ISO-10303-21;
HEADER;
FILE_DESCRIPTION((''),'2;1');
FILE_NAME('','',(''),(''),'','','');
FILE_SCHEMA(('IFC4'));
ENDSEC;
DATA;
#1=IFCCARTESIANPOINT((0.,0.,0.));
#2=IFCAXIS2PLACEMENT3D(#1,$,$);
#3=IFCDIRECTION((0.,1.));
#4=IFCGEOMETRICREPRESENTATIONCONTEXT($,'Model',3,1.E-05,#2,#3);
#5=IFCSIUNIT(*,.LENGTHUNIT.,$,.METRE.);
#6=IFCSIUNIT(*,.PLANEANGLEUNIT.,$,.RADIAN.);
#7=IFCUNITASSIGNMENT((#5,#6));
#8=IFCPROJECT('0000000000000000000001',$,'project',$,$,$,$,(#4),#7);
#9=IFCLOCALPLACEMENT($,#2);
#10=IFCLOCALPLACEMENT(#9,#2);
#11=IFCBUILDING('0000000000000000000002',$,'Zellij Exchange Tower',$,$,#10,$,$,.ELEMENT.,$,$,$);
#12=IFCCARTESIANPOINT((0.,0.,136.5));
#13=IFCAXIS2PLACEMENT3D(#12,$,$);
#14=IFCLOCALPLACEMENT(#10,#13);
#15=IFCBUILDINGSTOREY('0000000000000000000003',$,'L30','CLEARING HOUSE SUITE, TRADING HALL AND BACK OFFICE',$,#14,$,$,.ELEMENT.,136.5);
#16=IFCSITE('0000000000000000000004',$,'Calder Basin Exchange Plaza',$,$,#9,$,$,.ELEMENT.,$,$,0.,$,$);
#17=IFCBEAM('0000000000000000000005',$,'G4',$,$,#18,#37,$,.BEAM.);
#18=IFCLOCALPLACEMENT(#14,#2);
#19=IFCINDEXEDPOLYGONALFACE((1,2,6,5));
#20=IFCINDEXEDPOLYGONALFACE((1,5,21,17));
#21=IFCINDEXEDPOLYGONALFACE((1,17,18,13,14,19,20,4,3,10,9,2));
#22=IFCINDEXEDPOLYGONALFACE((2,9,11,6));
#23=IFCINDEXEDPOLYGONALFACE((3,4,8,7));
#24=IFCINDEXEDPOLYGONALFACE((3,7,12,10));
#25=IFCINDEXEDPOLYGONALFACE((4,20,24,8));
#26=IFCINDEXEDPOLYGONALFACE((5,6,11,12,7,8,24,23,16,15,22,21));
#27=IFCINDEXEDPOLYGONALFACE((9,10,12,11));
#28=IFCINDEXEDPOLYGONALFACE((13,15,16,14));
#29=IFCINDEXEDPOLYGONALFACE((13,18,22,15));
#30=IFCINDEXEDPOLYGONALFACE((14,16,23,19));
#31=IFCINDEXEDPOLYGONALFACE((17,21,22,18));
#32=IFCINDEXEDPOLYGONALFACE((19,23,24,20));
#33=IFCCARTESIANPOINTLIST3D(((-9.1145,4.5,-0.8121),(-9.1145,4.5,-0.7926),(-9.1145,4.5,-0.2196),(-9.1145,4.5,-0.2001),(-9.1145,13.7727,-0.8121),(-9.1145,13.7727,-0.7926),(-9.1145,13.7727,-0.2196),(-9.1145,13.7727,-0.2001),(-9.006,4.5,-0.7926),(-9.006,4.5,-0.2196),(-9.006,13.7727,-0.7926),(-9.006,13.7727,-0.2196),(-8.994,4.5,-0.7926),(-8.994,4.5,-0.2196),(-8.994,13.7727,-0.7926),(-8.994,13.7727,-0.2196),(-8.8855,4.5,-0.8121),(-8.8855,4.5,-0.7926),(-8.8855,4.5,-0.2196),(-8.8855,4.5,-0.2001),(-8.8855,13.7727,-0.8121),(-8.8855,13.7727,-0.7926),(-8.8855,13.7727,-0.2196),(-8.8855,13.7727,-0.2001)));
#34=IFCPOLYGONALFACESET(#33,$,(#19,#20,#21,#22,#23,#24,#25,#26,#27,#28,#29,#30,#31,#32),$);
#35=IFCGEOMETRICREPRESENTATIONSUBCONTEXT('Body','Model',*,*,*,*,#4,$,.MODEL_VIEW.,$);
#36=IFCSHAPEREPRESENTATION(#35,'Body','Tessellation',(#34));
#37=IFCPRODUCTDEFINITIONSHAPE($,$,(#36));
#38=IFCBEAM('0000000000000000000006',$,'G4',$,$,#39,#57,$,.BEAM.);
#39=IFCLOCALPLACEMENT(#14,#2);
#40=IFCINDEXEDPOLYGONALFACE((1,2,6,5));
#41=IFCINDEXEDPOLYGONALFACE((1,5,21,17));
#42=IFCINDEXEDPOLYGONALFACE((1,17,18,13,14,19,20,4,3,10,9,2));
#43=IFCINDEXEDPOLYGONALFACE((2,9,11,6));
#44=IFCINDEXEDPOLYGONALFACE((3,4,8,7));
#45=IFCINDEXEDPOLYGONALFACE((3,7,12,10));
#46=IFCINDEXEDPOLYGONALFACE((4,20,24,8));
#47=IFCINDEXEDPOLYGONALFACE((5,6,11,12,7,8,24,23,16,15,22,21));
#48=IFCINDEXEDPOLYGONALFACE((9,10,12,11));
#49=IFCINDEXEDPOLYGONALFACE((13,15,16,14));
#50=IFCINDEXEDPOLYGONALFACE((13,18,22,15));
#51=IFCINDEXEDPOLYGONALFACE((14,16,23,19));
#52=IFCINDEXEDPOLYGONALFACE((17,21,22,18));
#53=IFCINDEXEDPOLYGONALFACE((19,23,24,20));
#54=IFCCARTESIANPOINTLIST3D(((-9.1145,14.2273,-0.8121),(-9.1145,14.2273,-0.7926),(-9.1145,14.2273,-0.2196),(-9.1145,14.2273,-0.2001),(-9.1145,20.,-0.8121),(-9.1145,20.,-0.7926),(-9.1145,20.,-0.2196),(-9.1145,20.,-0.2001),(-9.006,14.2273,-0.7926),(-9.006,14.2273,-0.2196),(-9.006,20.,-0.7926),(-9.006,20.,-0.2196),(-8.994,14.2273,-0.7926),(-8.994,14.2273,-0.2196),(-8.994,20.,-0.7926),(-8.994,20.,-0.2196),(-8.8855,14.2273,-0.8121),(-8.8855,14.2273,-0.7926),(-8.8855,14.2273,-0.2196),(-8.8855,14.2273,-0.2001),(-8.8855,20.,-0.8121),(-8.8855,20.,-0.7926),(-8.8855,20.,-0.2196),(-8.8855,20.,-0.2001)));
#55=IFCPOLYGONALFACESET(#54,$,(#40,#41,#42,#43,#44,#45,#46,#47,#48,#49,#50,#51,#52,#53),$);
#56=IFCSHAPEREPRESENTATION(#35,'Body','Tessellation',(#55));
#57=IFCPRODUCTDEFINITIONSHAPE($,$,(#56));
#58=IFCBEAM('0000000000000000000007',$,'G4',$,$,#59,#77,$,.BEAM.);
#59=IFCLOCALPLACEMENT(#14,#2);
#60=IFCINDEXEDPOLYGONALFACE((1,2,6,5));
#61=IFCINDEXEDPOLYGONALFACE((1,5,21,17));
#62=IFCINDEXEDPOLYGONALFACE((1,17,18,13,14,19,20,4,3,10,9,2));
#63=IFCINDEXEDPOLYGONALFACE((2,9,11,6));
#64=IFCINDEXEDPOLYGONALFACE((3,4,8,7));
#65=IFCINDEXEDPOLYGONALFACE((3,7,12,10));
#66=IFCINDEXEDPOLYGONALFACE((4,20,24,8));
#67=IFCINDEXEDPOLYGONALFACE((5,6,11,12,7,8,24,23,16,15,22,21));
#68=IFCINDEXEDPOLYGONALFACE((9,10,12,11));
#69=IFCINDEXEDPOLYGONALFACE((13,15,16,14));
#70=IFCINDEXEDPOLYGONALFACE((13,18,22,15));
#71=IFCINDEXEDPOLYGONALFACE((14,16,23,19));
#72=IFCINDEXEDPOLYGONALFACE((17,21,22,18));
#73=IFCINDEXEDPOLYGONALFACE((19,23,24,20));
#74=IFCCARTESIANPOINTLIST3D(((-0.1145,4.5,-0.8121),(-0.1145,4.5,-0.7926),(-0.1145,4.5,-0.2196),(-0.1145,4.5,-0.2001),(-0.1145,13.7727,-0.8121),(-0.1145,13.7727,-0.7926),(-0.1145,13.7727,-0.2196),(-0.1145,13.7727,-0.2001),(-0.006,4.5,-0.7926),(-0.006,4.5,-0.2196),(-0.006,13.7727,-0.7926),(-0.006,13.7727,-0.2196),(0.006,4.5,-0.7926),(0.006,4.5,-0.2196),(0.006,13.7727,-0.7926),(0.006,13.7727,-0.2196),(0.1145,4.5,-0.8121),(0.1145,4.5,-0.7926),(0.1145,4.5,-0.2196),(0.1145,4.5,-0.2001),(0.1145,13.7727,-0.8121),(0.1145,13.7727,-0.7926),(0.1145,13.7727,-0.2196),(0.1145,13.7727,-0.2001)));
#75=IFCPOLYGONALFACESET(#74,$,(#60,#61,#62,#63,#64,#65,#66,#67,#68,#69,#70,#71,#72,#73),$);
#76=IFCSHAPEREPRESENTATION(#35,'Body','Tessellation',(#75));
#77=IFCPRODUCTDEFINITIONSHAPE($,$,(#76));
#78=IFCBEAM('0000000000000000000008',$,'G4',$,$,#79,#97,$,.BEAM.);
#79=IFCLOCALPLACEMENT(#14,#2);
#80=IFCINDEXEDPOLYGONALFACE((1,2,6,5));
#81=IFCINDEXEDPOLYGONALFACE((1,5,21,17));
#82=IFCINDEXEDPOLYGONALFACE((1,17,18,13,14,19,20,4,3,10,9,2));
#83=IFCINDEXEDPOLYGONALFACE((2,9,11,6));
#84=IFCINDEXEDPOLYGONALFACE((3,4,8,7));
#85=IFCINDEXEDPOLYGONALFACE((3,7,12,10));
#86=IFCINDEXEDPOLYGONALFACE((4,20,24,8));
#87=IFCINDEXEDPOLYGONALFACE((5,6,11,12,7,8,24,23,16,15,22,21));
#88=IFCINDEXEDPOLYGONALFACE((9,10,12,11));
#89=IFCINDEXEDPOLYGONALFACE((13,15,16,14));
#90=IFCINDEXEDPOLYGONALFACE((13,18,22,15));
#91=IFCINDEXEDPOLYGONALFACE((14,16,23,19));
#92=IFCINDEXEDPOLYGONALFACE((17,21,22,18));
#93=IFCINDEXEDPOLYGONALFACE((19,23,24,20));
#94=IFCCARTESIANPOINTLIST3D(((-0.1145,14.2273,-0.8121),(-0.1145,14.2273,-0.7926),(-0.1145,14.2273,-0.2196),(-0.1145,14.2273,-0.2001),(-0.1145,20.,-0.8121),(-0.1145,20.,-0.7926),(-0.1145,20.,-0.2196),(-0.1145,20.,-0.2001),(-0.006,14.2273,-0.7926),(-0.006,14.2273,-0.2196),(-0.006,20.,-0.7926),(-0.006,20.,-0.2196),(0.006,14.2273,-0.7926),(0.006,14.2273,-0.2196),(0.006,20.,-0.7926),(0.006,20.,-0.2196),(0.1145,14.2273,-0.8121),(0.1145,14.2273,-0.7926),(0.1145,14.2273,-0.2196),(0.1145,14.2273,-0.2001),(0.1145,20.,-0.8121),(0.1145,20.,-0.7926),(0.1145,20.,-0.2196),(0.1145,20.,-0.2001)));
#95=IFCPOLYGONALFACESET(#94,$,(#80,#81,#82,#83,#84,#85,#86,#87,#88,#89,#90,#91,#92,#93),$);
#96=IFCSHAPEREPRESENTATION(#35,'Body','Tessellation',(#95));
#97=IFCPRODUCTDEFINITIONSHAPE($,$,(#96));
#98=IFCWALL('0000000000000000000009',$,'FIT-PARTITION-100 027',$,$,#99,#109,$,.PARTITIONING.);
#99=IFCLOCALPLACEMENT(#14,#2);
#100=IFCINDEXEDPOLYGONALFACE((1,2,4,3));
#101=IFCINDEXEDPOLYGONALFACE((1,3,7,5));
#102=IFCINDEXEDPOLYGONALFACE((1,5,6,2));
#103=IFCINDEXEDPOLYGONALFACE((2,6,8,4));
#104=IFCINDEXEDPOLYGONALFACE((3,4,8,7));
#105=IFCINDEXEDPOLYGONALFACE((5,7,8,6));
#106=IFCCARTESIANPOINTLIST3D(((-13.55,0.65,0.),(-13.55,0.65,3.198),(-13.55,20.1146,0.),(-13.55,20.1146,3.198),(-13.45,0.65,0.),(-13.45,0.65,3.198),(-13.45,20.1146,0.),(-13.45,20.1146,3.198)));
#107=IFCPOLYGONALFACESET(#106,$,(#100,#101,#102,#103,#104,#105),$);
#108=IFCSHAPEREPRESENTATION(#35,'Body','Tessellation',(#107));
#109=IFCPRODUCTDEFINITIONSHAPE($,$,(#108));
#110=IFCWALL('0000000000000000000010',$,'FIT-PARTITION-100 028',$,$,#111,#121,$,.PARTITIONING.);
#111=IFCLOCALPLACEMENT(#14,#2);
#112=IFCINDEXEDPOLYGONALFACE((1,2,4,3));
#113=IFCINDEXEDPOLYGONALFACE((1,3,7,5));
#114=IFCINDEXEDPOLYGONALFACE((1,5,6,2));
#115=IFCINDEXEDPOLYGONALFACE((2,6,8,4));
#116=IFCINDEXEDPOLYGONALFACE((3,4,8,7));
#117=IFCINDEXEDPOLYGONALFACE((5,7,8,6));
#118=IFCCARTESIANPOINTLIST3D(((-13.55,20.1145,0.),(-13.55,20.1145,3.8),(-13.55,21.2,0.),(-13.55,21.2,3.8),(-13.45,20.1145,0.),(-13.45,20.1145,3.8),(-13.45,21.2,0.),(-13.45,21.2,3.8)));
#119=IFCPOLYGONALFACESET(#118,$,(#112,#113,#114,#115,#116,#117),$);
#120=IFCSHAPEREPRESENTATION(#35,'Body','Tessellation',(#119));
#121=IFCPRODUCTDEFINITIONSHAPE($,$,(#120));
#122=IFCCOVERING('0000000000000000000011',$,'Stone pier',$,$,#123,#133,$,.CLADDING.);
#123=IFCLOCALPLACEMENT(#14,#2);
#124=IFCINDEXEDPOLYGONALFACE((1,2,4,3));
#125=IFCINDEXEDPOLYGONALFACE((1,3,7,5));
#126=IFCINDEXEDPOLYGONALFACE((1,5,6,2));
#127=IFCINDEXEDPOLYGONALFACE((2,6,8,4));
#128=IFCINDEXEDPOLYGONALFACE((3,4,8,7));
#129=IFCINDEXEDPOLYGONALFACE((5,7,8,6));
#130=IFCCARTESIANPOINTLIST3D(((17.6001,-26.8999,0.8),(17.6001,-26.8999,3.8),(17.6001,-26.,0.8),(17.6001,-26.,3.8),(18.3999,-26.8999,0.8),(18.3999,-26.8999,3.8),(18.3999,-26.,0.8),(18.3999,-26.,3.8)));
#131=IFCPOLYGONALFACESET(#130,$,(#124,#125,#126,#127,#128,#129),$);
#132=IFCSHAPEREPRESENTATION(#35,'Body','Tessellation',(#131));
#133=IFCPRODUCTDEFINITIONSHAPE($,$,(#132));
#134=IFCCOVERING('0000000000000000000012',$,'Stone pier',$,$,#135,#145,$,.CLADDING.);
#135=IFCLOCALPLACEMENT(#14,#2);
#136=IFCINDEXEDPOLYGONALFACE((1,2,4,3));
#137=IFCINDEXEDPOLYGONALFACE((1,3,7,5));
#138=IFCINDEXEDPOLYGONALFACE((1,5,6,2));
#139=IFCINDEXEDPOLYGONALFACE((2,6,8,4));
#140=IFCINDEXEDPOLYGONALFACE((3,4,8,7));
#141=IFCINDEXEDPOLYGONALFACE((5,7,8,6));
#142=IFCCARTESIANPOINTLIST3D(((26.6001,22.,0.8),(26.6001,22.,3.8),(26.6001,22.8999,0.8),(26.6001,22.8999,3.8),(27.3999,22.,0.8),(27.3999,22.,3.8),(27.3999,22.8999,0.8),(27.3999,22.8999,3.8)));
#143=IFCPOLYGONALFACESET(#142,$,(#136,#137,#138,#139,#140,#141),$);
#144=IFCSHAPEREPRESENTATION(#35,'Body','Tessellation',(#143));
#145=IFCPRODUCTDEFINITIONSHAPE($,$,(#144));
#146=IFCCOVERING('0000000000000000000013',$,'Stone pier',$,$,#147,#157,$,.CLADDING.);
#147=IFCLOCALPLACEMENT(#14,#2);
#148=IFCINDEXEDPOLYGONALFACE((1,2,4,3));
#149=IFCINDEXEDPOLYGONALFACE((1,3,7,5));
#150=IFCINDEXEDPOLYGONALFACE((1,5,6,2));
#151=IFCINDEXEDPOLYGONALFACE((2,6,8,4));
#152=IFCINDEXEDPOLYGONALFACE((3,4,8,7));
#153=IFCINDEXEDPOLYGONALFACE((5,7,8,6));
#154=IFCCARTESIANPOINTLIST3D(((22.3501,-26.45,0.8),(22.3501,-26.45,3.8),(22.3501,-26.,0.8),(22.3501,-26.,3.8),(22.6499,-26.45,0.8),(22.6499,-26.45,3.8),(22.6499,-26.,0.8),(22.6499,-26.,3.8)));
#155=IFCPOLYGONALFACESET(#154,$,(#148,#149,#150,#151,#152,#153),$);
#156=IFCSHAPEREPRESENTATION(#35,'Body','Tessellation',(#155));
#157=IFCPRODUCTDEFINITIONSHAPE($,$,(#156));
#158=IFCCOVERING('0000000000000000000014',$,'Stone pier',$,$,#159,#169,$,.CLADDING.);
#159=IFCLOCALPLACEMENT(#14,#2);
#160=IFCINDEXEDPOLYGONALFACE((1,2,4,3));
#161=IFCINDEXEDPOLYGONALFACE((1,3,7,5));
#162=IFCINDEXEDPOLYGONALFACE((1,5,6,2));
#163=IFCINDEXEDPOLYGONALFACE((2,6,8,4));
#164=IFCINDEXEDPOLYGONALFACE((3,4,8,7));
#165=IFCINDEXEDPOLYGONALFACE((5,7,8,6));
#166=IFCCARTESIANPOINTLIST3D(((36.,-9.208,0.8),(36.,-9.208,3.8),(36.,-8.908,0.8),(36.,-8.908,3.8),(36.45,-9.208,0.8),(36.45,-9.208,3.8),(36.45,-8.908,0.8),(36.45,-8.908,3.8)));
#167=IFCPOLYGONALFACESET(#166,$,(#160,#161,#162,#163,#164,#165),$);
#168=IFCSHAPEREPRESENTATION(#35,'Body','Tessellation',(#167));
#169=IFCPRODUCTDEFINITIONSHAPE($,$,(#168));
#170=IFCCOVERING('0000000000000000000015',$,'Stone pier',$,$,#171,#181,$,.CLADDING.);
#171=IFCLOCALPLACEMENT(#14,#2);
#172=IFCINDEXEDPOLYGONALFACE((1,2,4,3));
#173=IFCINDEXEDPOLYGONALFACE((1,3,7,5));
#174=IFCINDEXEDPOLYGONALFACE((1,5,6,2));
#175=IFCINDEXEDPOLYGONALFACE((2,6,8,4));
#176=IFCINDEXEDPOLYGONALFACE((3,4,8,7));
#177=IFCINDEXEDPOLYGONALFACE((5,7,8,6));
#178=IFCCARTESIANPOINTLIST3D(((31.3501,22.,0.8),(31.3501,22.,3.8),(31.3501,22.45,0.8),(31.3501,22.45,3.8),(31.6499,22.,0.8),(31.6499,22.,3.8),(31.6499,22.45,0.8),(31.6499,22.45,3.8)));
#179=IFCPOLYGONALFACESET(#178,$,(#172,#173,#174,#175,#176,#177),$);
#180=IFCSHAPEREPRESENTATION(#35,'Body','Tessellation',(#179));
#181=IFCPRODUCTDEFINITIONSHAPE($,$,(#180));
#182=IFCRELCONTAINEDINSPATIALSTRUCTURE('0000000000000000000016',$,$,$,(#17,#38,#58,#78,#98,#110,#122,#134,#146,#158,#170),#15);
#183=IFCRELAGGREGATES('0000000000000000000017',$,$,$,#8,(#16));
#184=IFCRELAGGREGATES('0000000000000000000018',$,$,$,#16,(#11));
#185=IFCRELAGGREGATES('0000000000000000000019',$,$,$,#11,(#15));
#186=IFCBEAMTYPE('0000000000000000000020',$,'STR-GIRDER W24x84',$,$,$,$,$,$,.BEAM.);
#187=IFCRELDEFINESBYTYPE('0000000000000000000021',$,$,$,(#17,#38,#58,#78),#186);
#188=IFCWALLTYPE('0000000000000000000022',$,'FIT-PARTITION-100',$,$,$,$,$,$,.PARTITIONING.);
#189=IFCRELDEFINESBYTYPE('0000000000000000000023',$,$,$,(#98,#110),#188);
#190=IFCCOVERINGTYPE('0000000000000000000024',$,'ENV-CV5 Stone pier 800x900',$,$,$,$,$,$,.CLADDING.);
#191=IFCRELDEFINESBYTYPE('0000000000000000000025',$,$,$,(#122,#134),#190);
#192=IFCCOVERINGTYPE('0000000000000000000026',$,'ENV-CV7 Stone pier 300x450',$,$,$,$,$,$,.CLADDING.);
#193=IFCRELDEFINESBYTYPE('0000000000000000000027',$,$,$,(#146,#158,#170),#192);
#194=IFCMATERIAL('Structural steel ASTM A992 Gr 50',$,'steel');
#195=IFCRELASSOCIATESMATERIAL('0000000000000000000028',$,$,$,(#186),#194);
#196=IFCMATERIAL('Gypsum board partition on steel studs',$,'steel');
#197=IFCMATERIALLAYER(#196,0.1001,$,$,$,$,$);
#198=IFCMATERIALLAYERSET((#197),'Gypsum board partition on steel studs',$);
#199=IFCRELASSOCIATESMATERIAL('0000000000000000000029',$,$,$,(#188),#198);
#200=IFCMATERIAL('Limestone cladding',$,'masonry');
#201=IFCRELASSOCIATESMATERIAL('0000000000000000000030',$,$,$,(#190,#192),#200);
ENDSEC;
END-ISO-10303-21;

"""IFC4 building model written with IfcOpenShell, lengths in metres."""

from ifc_helpers import new_model, si_unit, direction, frame, frame_2d, origin, origin_2d, place, context, subcontext, project, spatial, polyline, rectangle, i_section, outline, extrude, material, layer, layer_set, material_profile, profile_set, type_object, element, save


model = new_model("IFC4")

# Units and contexts
model_context = context("Model", 3, precision=1e-05, world=origin(), true_north=direction((0.0, 1.0)))
body_context = subcontext(model_context, "Body", "Model", "MODEL_VIEW")
ifc_project = project(units=[si_unit("LENGTHUNIT", "METRE"), si_unit("PLANEANGLEUNIT", "RADIAN")], contexts=[model_context])

# Site, building, storey
site_placement = place(None, origin())
site = spatial("IfcSite", under=ifc_project, at=site_placement, Name="Calder Basin Exchange Plaza", CompositionType="ELEMENT", RefElevation=0.0)
building_placement = place(site_placement, origin())
building = spatial("IfcBuilding", under=site, at=building_placement, Name="Zellij Exchange Tower", CompositionType="ELEMENT")
storey_placement = place(building_placement, frame((0.0, 0.0, 136.5)))
storey = spatial("IfcBuildingStorey", under=building, at=storey_placement, Name="L30", Description="CLEARING HOUSE SUITE, TRADING HALL AND BACK OFFICE", CompositionType="ELEMENT", Elevation=136.5)

# Beams
ifc_material_1 = material(Name="Structural steel ASTM A992 Gr 50", Category="steel")
ifc_material_profile_1 = material_profile(ifc_material_1, i_section(OverallWidth=0.229, OverallDepth=0.6121, WebThickness=0.012, FlangeThickness=0.0195, at=origin_2d()), Name="W24x84")
ifc_profile_set_1 = profile_set([ifc_material_profile_1], Name="Structural steel ASTM A992 Gr 50")
beam_type = type_object("IfcBeamType", Name="STR-GIRDER W24x84", PredefinedType="BEAM", material=ifc_profile_set_1)
beam_1_placement = place(storey_placement, frame((-9.0, 4.5, -0.5061), z_axis=(0.0, 1.0, 0.0), x_axis=(-1.0, 0.0, 0.0)))
element("IfcBeam", 1, at=beam_1_placement, inside=storey, type_object=beam_type, Name="G4", PredefinedType="BEAM", context=body_context, shape_type="SweptSolid", body=[
    extrude(i_section(OverallWidth=0.229, OverallDepth=0.6121, WebThickness=0.012, FlangeThickness=0.0195, at=origin_2d()), origin(), (0.0, 0.0, 1.0), 9.2727),
])
beam_2_placement = place(storey_placement, frame((-9.0, 14.2273, -0.5061), z_axis=(0.0, 1.0, 0.0), x_axis=(-1.0, 0.0, 0.0)))
element("IfcBeam", 2, at=beam_2_placement, inside=storey, type_object=beam_type, Name="G4", PredefinedType="BEAM", context=body_context, shape_type="SweptSolid", body=[
    extrude(i_section(OverallWidth=0.229, OverallDepth=0.6121, WebThickness=0.012, FlangeThickness=0.0195, at=origin_2d()), origin(), (0.0, 0.0, 1.0), 5.7727),
])
beam_3_placement = place(storey_placement, frame((0.0, 4.5, -0.5061), z_axis=(0.0, 1.0, 0.0), x_axis=(-1.0, 0.0, 0.0)))
element("IfcBeam", 3, at=beam_3_placement, inside=storey, type_object=beam_type, Name="G4", PredefinedType="BEAM", context=body_context, shape_type="SweptSolid", body=[
    extrude(i_section(OverallWidth=0.229, OverallDepth=0.6121, WebThickness=0.012, FlangeThickness=0.0195, at=origin_2d()), origin(), (0.0, 0.0, 1.0), 9.2727),
])
beam_4_placement = place(storey_placement, frame((0.0, 14.2273, -0.5061), z_axis=(0.0, 1.0, 0.0), x_axis=(-1.0, 0.0, 0.0)))
element("IfcBeam", 4, at=beam_4_placement, inside=storey, type_object=beam_type, Name="G4", PredefinedType="BEAM", context=body_context, shape_type="SweptSolid", body=[
    extrude(i_section(OverallWidth=0.229, OverallDepth=0.6121, WebThickness=0.012, FlangeThickness=0.0195, at=origin_2d()), origin(), (0.0, 0.0, 1.0), 5.7727),
])

# Walls
ifc_material_2 = material(Name="Gypsum board partition on steel studs", Category="steel")
ifc_layer = layer(ifc_material_2, 0.1001)
ifc_layer_set = layer_set([ifc_layer], Name="Gypsum board partition on steel studs")
wall_type = type_object("IfcWallType", Name="FIT-PARTITION-100", PredefinedType="PARTITIONING", material=ifc_layer_set)
wall_1_placement = place(storey_placement, frame((-13.5, 0.6499, 0.0), z_axis=(0.0, 0.0, 1.0), x_axis=(0.0, 1.0, 0.0)))
element("IfcWall", 5, at=wall_1_placement, inside=storey, type_object=wall_type, Name="FIT-PARTITION-100 027", PredefinedType="PARTITIONING", context=body_context, shape_type="SweptSolid", body=[
    extrude(rectangle(XDim=19.4646, YDim=0.1001, at=frame_2d((9.7324, 0.0))), origin(), (0.0, 0.0, 1.0), 3.198),
])
wall_2_placement = place(storey_placement, frame((-13.5, 20.1145, 0.0), z_axis=(0.0, 0.0, 1.0), x_axis=(0.0, 1.0, 0.0)))
element("IfcWall", 6, at=wall_2_placement, inside=storey, type_object=wall_type, Name="FIT-PARTITION-100 028", PredefinedType="PARTITIONING", context=body_context, shape_type="SweptSolid", body=[
    extrude(rectangle(XDim=1.0854, YDim=0.1001, at=frame_2d((0.5427, 0.0))), origin(), (0.0, 0.0, 1.0), 3.8),
])

# Coverings
ifc_material_3 = material(Name="Limestone cladding", Category="masonry")
covering_type_1 = type_object("IfcCoveringType", Name="ENV-CV5 Stone pier 800x900", PredefinedType="CLADDING", material=ifc_material_3)
covering_1_placement = place(storey_placement, frame((0.0, 0.0, 0.8)))
element("IfcCovering", 7, at=covering_1_placement, inside=storey, type_object=covering_type_1, Name="Stone pier", PredefinedType="CLADDING", context=body_context, shape_type="SweptSolid", body=[
    extrude(outline(polyline([(17.6001, -26.0), (18.3999, -26.0), (18.3999, -26.8999), (17.6001, -26.8999), (17.6001, -26.0)])), origin(), (0.0, 0.0, 1.0), 3.0),
])
covering_2_placement = place(storey_placement, frame((0.0, 0.0, 0.8)))
element("IfcCovering", 8, at=covering_2_placement, inside=storey, type_object=covering_type_1, Name="Stone pier", PredefinedType="CLADDING", context=body_context, shape_type="SweptSolid", body=[
    extrude(outline(polyline([(27.3999, 22.0), (26.6001, 22.0), (26.6001, 22.8999), (27.3999, 22.8999), (27.3999, 22.0)])), origin(), (0.0, 0.0, 1.0), 3.0),
])
covering_type_2 = type_object("IfcCoveringType", Name="ENV-CV7 Stone pier 300x450", PredefinedType="CLADDING", material=ifc_material_3)
covering_3_placement = place(storey_placement, frame((0.0, 0.0, 0.8)))
element("IfcCovering", 9, at=covering_3_placement, inside=storey, type_object=covering_type_2, Name="Stone pier", PredefinedType="CLADDING", context=body_context, shape_type="SweptSolid", body=[
    extrude(outline(polyline([(22.3501, -26.0), (22.6499, -26.0), (22.6499, -26.45), (22.3501, -26.45), (22.3501, -26.0)])), origin(), (0.0, 0.0, 1.0), 3.0),
])
covering_4_placement = place(storey_placement, frame((0.0, 0.0, 0.8)))
element("IfcCovering", 10, at=covering_4_placement, inside=storey, type_object=covering_type_2, Name="Stone pier", PredefinedType="CLADDING", context=body_context, shape_type="SweptSolid", body=[
    extrude(outline(polyline([(36.0, -9.208), (36.0, -8.908), (36.45, -8.908), (36.45, -9.208), (36.0, -9.208)])), origin(), (0.0, 0.0, 1.0), 3.0),
])
covering_5_placement = place(storey_placement, frame((0.0, 0.0, 0.8)))
element("IfcCovering", 11, at=covering_5_placement, inside=storey, type_object=covering_type_2, Name="Stone pier", PredefinedType="CLADDING", context=body_context, shape_type="SweptSolid", body=[
    extrude(outline(polyline([(31.6499, 22.0), (31.3501, 22.0), (31.3501, 22.45), (31.6499, 22.45), (31.6499, 22.0)])), origin(), (0.0, 0.0, 1.0), 3.0),
])

save(model, "model.ifc")
